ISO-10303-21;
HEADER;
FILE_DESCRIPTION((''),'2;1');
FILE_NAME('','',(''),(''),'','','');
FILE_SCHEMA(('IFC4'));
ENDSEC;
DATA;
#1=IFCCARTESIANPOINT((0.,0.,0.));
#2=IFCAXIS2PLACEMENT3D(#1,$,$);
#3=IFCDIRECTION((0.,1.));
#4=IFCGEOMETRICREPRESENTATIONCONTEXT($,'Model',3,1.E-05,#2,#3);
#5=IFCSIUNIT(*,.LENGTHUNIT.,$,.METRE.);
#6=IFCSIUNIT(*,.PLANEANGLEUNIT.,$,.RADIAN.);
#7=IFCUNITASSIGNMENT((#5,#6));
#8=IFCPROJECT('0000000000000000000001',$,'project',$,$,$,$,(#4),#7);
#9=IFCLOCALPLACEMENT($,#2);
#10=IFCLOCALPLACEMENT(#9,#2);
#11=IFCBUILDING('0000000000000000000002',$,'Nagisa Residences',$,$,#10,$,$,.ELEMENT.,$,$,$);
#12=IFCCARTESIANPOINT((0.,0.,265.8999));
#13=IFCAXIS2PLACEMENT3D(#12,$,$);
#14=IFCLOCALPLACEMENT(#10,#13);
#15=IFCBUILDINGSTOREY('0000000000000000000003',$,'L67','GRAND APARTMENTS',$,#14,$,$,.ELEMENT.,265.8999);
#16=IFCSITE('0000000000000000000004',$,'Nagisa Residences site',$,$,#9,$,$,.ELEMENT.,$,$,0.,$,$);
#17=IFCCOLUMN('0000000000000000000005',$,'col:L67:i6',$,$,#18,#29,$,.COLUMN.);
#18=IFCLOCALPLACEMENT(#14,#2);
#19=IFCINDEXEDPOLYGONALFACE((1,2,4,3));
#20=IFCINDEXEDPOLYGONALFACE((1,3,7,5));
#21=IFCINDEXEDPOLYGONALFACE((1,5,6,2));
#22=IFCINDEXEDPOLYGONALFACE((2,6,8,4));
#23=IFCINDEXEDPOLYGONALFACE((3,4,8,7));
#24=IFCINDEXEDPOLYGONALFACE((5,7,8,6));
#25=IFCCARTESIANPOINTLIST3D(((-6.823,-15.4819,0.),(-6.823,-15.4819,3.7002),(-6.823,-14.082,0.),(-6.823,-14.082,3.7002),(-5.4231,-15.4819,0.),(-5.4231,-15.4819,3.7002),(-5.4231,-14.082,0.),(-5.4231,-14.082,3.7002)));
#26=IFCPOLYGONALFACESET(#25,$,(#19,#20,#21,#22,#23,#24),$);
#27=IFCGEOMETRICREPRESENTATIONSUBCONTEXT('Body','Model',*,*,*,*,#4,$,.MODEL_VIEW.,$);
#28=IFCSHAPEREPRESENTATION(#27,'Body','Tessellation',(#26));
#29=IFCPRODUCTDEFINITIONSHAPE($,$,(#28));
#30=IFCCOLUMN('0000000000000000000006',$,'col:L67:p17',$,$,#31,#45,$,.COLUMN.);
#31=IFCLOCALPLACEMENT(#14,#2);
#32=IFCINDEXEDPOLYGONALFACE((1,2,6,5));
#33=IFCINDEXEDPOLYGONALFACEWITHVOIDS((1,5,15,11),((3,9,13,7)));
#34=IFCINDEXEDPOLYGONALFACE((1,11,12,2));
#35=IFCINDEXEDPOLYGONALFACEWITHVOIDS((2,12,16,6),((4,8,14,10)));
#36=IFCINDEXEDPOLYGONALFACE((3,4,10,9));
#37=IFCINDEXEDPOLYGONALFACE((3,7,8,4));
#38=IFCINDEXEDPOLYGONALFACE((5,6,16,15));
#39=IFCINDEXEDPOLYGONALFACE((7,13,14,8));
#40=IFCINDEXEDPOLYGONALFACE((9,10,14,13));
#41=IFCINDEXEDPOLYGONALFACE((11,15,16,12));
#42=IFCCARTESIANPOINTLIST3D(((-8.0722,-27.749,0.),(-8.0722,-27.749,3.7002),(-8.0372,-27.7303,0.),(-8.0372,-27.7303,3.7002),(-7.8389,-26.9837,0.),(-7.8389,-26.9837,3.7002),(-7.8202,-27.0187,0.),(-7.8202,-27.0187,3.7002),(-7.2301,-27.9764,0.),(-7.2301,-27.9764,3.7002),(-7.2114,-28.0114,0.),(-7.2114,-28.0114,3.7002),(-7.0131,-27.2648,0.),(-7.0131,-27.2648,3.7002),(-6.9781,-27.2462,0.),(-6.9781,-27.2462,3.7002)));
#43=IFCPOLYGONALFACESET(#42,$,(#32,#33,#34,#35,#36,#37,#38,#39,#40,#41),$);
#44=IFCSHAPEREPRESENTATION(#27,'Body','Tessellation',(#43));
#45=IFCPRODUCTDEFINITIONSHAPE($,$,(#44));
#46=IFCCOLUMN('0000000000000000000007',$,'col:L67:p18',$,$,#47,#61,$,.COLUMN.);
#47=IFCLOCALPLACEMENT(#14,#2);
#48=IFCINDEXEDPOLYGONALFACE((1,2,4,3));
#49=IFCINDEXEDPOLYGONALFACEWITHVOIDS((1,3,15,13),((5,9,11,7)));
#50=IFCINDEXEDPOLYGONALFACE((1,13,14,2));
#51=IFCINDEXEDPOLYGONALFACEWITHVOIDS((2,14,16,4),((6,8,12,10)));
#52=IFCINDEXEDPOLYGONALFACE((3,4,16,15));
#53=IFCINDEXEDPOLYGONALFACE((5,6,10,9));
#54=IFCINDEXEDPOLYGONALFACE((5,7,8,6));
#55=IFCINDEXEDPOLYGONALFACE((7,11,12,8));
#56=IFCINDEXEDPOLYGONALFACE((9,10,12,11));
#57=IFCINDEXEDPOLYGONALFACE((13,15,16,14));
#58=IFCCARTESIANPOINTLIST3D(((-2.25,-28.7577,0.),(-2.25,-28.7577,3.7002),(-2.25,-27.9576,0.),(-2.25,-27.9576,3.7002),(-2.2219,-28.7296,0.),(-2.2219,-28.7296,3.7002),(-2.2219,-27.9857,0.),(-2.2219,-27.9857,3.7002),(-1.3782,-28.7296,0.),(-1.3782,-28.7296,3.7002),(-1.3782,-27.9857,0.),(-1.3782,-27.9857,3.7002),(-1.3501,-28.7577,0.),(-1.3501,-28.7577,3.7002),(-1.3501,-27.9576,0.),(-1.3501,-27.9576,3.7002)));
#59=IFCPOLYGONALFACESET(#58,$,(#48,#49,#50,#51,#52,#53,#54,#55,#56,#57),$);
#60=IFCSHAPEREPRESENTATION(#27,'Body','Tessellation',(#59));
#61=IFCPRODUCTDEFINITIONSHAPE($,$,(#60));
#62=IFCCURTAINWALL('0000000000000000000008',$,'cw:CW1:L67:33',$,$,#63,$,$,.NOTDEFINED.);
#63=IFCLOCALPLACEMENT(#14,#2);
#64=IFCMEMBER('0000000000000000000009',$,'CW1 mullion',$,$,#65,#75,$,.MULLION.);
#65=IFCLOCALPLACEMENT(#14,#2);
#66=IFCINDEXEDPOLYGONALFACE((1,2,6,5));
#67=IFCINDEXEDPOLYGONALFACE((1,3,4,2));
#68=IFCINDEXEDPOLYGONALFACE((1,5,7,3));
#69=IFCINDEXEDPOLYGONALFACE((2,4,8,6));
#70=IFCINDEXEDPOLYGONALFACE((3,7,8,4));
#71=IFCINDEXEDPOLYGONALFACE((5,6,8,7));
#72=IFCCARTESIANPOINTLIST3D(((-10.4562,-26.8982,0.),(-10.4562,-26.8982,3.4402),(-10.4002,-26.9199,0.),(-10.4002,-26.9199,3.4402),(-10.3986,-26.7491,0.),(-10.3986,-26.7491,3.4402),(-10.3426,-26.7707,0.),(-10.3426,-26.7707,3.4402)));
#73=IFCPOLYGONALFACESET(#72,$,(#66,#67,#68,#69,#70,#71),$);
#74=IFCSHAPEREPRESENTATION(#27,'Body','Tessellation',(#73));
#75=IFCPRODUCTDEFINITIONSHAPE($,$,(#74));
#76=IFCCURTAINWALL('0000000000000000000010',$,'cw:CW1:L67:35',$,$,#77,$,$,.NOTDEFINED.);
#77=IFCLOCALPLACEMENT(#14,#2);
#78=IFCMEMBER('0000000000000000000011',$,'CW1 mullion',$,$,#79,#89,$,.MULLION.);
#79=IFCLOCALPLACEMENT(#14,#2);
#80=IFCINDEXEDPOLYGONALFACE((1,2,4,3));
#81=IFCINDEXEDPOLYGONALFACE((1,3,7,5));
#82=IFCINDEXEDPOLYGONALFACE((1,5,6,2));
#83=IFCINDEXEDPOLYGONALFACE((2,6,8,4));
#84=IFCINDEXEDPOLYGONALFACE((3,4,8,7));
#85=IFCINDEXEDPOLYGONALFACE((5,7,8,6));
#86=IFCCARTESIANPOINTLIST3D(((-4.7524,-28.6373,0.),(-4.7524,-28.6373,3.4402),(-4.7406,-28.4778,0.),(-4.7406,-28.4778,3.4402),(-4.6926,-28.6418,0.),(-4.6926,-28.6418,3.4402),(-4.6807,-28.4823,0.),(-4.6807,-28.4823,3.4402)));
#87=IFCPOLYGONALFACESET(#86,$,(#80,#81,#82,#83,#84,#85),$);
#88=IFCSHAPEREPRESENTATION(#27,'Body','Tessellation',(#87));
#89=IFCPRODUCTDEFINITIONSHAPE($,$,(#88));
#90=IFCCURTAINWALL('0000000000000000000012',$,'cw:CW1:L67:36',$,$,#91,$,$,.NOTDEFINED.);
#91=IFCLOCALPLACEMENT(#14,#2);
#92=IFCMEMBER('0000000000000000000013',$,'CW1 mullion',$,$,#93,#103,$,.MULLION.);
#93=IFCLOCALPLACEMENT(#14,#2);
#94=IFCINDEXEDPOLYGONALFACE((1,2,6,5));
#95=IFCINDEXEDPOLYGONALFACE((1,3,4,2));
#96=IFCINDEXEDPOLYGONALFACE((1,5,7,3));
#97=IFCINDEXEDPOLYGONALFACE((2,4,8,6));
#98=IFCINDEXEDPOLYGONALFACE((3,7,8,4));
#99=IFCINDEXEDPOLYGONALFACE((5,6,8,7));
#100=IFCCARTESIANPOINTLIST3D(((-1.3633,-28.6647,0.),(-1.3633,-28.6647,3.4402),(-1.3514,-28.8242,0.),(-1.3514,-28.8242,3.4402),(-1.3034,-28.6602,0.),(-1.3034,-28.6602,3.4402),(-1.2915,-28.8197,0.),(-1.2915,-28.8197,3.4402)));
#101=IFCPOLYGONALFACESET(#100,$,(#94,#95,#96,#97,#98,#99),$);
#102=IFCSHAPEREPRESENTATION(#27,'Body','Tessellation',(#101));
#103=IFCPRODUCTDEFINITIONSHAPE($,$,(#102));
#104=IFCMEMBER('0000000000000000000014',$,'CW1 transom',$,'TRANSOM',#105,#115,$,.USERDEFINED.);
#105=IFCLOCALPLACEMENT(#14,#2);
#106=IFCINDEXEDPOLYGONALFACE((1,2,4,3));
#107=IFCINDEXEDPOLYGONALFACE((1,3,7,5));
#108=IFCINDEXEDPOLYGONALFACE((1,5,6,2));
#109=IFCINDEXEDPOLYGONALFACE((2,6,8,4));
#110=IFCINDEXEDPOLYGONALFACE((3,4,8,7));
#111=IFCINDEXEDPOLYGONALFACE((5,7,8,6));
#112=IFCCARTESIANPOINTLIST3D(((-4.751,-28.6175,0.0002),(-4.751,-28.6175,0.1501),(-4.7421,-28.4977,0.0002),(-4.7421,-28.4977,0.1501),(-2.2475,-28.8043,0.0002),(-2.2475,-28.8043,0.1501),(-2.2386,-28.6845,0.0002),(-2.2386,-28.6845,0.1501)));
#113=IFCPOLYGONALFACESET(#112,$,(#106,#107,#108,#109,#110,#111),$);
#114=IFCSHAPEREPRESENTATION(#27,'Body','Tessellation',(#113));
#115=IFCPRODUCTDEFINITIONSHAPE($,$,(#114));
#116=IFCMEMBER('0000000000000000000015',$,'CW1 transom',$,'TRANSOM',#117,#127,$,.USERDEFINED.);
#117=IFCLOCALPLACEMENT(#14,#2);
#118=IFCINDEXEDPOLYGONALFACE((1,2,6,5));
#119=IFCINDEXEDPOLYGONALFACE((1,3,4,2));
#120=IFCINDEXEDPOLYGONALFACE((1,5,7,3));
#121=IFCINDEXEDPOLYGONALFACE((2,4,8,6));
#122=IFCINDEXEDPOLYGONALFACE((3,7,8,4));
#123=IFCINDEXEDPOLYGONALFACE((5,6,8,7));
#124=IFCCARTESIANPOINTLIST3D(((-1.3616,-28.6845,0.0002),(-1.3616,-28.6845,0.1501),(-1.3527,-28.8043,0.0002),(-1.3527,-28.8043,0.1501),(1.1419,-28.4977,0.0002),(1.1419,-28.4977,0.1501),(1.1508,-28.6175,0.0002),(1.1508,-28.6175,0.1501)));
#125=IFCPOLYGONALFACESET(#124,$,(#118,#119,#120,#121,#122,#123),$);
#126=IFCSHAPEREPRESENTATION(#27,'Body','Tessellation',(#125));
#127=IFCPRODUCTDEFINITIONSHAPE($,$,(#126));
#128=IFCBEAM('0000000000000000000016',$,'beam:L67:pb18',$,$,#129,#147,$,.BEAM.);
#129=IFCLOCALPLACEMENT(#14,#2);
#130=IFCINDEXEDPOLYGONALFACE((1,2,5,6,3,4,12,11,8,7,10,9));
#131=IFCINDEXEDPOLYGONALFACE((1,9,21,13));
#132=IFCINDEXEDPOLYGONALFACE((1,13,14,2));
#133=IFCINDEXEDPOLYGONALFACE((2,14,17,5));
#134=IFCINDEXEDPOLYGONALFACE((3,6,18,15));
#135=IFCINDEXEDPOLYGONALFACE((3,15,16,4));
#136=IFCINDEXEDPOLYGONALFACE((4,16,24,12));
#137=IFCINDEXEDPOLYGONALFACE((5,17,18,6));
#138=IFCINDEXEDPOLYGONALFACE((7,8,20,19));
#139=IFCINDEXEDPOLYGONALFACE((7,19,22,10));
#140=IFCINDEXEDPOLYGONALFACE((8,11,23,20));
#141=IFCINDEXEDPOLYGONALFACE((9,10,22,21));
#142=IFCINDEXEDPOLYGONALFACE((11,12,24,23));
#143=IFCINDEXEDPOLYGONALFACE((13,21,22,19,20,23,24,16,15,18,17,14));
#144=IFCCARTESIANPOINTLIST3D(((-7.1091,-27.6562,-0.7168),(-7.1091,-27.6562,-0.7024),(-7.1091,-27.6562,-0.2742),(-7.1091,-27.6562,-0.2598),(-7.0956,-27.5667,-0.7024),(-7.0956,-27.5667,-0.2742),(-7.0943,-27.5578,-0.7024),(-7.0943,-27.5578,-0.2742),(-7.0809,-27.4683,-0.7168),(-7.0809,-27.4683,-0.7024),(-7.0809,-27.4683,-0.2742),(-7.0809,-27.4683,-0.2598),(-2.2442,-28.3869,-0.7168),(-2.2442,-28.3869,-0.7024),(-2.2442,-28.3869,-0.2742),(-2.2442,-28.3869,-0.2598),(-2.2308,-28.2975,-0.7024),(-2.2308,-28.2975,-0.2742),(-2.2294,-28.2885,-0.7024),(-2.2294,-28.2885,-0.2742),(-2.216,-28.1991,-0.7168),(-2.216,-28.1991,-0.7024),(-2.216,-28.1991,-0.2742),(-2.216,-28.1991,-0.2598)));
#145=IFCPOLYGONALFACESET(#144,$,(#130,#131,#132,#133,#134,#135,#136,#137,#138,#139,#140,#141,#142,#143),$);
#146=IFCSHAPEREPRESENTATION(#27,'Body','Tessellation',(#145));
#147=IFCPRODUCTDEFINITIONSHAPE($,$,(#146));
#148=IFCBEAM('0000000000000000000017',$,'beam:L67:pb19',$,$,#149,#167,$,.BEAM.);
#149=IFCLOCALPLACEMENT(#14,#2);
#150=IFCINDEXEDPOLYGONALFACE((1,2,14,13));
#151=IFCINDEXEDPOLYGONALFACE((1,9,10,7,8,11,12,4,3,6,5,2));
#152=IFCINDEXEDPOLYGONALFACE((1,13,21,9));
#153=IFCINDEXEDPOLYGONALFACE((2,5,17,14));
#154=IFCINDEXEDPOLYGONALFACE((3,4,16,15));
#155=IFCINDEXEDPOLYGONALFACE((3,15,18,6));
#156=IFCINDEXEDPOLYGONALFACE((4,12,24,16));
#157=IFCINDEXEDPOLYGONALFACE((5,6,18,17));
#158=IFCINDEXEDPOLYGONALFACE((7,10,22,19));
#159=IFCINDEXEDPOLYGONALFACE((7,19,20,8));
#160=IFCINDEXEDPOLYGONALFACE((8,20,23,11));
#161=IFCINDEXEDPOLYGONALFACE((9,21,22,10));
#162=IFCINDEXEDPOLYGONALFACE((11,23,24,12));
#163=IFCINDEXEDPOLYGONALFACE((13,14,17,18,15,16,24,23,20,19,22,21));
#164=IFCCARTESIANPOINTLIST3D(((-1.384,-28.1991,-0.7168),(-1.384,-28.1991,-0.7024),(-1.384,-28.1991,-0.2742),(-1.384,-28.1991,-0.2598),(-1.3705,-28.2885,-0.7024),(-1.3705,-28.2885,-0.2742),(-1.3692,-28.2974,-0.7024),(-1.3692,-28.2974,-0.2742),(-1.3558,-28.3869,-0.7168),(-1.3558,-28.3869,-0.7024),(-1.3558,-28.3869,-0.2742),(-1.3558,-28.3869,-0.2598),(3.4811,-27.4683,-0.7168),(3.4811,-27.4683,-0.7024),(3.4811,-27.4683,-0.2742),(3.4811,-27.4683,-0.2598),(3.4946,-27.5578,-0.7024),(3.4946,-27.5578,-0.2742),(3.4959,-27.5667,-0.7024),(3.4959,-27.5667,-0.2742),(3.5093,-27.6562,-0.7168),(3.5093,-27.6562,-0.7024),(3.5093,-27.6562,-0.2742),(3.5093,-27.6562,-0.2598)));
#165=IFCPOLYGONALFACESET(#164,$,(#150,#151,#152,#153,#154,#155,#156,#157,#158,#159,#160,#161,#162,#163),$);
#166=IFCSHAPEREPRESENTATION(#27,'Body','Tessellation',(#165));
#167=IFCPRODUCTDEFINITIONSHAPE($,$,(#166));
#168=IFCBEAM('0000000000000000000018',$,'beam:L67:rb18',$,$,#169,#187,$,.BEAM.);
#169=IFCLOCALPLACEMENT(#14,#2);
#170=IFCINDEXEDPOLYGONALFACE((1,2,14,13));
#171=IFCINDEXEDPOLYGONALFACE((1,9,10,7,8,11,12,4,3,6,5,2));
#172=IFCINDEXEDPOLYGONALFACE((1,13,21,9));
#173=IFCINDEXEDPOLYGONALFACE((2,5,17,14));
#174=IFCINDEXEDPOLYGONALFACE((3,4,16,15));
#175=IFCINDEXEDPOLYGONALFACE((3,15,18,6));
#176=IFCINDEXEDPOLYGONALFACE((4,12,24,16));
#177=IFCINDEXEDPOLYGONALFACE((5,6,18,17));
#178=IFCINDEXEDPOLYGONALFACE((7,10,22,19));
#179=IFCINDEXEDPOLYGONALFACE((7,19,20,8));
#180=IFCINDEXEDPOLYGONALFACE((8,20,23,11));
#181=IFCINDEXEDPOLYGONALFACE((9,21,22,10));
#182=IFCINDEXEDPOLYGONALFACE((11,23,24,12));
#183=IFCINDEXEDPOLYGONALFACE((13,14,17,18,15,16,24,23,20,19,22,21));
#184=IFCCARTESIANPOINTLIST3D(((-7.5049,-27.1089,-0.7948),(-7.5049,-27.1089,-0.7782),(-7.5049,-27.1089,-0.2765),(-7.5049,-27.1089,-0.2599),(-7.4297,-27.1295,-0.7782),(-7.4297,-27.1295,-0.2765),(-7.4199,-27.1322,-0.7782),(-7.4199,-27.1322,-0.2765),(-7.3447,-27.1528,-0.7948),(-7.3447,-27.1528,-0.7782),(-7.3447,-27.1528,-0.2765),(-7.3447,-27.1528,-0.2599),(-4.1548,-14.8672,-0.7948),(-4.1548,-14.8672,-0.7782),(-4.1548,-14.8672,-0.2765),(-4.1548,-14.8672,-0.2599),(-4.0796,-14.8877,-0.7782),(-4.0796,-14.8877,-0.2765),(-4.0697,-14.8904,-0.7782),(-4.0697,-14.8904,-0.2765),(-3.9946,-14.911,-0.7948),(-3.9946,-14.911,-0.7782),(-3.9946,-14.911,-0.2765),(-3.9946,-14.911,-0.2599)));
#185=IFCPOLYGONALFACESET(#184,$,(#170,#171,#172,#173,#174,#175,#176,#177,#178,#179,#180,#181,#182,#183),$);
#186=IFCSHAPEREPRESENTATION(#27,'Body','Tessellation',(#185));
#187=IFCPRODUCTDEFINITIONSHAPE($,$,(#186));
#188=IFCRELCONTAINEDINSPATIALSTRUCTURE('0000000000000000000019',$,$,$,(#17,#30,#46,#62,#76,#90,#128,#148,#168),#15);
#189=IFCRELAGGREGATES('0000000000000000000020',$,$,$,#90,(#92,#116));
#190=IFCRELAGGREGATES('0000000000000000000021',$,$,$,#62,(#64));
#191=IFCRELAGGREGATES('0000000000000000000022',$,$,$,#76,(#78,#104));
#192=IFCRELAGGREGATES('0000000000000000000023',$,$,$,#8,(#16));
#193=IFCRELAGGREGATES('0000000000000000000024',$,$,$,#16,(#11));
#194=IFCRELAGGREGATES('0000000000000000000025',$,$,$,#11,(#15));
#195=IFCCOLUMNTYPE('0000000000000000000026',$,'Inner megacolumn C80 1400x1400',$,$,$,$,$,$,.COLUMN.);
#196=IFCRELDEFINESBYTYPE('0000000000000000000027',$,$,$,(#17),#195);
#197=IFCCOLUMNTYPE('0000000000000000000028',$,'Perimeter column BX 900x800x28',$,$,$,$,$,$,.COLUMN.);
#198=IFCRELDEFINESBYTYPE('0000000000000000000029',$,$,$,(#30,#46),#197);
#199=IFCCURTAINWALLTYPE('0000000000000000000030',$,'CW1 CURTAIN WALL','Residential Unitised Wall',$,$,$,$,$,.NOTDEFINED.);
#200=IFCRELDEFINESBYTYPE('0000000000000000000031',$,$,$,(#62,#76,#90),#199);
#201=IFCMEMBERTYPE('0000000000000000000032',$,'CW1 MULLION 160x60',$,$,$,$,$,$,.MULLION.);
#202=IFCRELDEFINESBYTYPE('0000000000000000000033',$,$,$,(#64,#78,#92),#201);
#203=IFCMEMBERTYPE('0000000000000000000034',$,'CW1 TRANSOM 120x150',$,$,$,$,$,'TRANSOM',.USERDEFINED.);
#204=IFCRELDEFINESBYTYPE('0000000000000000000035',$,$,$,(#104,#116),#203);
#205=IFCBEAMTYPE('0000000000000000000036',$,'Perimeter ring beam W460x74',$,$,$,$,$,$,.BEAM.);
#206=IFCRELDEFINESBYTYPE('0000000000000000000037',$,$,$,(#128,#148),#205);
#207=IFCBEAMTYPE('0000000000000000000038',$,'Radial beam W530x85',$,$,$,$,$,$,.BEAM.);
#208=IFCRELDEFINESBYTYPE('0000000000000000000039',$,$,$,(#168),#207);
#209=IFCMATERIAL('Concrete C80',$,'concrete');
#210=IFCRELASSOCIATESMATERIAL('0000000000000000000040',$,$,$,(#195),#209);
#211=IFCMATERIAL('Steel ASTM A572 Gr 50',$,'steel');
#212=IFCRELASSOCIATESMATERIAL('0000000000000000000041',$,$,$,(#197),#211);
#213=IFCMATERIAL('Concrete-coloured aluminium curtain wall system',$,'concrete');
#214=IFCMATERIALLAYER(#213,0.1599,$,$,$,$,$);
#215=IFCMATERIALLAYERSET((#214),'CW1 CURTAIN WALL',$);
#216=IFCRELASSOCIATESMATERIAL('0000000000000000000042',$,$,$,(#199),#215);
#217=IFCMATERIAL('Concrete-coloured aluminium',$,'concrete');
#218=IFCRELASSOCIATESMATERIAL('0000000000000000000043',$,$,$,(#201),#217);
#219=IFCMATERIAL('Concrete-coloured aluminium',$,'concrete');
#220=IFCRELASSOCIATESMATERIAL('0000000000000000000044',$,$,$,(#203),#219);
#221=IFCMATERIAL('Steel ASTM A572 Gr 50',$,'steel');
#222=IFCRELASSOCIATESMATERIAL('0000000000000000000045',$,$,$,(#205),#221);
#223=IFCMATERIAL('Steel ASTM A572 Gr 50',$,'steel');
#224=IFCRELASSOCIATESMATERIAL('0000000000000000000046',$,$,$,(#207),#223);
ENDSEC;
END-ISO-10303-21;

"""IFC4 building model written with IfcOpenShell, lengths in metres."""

from ifc_helpers import new_model, si_unit, direction, frame, origin, origin_2d, place, context, subcontext, project, spatial, rectangle, hollow_rectangle, i_section, extrude, material, layer, layer_set, material_profile, profile_set, type_object, element, aggregate, save


model = new_model("IFC4")

# Units and contexts
model_context = context("Model", 3, precision=1e-05, world=origin(), true_north=direction((0.0, 1.0)))
body_context = subcontext(model_context, "Body", "Model", "MODEL_VIEW")
ifc_project = project(units=[si_unit("LENGTHUNIT", "METRE"), si_unit("PLANEANGLEUNIT", "RADIAN")], contexts=[model_context])

# Site, building, storey
site_placement = place(None, origin())
site = spatial("IfcSite", under=ifc_project, at=site_placement, Name="Nagisa Residences site", CompositionType="ELEMENT", RefElevation=0.0)
building_placement = place(site_placement, origin())
building = spatial("IfcBuilding", under=site, at=building_placement, Name="Nagisa Residences", CompositionType="ELEMENT")
storey_placement = place(building_placement, frame((0.0, 0.0, 265.8999)))
storey = spatial("IfcBuildingStorey", under=building, at=storey_placement, Name="L67", Description="GRAND APARTMENTS", CompositionType="ELEMENT", Elevation=265.8999)

# Columns
ifc_material_1 = material(Name="Concrete C80", Category="concrete")
ifc_material_profile_1 = material_profile(ifc_material_1, rectangle(XDim=1.3999, YDim=1.3999, at=origin_2d()), Name="C80 1400x1400")
ifc_profile_set_1 = profile_set([ifc_material_profile_1], Name="Concrete C80")
column_type_1 = type_object("IfcColumnType", Name="Inner megacolumn C80 1400x1400", PredefinedType="COLUMN", material=ifc_profile_set_1)
column_placement = place(storey_placement, frame((-6.123, -14.782, 0.0), z_axis=(0.0, 0.0, 1.0), x_axis=(1.0, 0.0, 0.0)))
element("IfcColumn", 1, at=column_placement, inside=storey, type_object=column_type_1, Name="col:L67:i6", PredefinedType="COLUMN", context=body_context, shape_type="SweptSolid", body=[
    extrude(rectangle(XDim=1.3999, YDim=1.3999, at=origin_2d()), origin(), (0.0, 0.0, 1.0), 3.7002),
])
ifc_material_2 = material(Name="Steel ASTM A572 Gr 50", Category="steel")
ifc_material_profile_2 = material_profile(ifc_material_2, hollow_rectangle(XDim=0.8999, YDim=0.8, WallThickness=0.0281, at=origin_2d()), Name="BX 900x800x28")
ifc_profile_set_2 = profile_set([ifc_material_profile_2], Name="Steel ASTM A572 Gr 50")
column_type_2 = type_object("IfcColumnType", Name="Perimeter column BX 900x800x28", PredefinedType="COLUMN", material=ifc_profile_set_2)
for number, where, z_axis, x_axis, name in (
    (2, (-7.5251, -27.4976, 0.0), (0.0, 0.0, 1.0), (0.956525, -0.291652, 0.0), "col:L67:p17"),
    (3, (-1.8, -28.3577, 0.0), (0.0, 0.0, 1.0), (1.0, 0.0, 0.0), "col:L67:p18"),
):
    element("IfcColumn", number, at=place(storey_placement, frame(where, z_axis=z_axis, x_axis=x_axis)), inside=storey, type_object=column_type_2, Name=name, PredefinedType="COLUMN", context=body_context, shape_type="SweptSolid", body=[
        extrude(hollow_rectangle(XDim=0.8999, YDim=0.8, WallThickness=0.0281, at=origin_2d()), origin(), (0.0, 0.0, 1.0), 3.7002),
    ])

# Curtain walls, members
ifc_material_3 = material(Name="Concrete-coloured aluminium curtain wall system", Category="concrete")
ifc_layer_1 = layer(ifc_material_3, 0.1599)
ifc_layer_set_1 = layer_set([ifc_layer_1], Name="CW1 CURTAIN WALL")
curtain_wall_type = type_object("IfcCurtainWallType", Name="CW1 CURTAIN WALL", Description="Residential Unitised Wall", PredefinedType="NOTDEFINED", material=ifc_layer_set_1)
curtain_wall_1_placement = place(storey_placement, origin())
curtain_wall_1 = element("IfcCurtainWall", 4, at=curtain_wall_1_placement, inside=storey, type_object=curtain_wall_type, Name="cw:CW1:L67:33", PredefinedType="NOTDEFINED")
ifc_material_4 = material(Name="Concrete-coloured aluminium", Category="concrete")
ifc_material_profile_3 = material_profile(ifc_material_4, rectangle(XDim=0.1599, YDim=0.0601, at=origin_2d()), Name="CW1 MULLION 160x60")
ifc_profile_set_3 = profile_set([ifc_material_profile_3], Name="Concrete-coloured aluminium")
member_type_1 = type_object("IfcMemberType", Name="CW1 MULLION 160x60", PredefinedType="MULLION", material=ifc_profile_set_3)
member_1_placement = place(storey_placement, frame((-10.3994, -26.8345, 0.0), z_axis=(0.0, 0.0, 1.0), x_axis=(0.360328, 0.932826, 0.0)))
member_1 = element("IfcMember", 5, at=member_1_placement, type_object=member_type_1, Name="CW1 mullion", PredefinedType="MULLION", context=body_context, shape_type="SweptSolid", body=[
    extrude(rectangle(XDim=0.1599, YDim=0.0601, at=origin_2d()), origin(), (0.0, 0.0, 1.0), 3.4402),
])
curtain_wall_2_placement = place(storey_placement, origin())
curtain_wall_2 = element("IfcCurtainWall", 6, at=curtain_wall_2_placement, inside=storey, type_object=curtain_wall_type, Name="cw:CW1:L67:35", PredefinedType="NOTDEFINED")
member_2_placement = place(storey_placement, frame((-4.7166, -28.5598, 0.0), z_axis=(0.0, 0.0, 1.0), x_axis=(0.074377, 0.99723, 0.0)))
member_2 = element("IfcMember", 7, at=member_2_placement, type_object=member_type_1, Name="CW1 mullion", PredefinedType="MULLION", context=body_context, shape_type="SweptSolid", body=[
    extrude(rectangle(XDim=0.1599, YDim=0.0601, at=origin_2d()), origin(), (0.0, 0.0, 1.0), 3.4402),
])
curtain_wall_3_placement = place(storey_placement, origin())
curtain_wall_3 = element("IfcCurtainWall", 8, at=curtain_wall_3_placement, inside=storey, type_object=curtain_wall_type, Name="cw:CW1:L67:36", PredefinedType="NOTDEFINED")
member_3_placement = place(storey_placement, frame((-1.3274, -28.7422, 0.0), z_axis=(0.0, 0.0, 1.0), x_axis=(-0.074377, 0.99723, 0.0)))
member_3 = element("IfcMember", 9, at=member_3_placement, type_object=member_type_1, Name="CW1 mullion", PredefinedType="MULLION", context=body_context, shape_type="SweptSolid", body=[
    extrude(rectangle(XDim=0.1599, YDim=0.0601, at=origin_2d()), origin(), (0.0, 0.0, 1.0), 3.4402),
])

# Members
ifc_material_5 = material(Name="Concrete-coloured aluminium", Category="concrete")
ifc_material_profile_4 = material_profile(ifc_material_5, rectangle(XDim=0.1201, YDim=0.1499, at=origin_2d()), Name="CW1 TRANSOM 120x150")
ifc_profile_set_4 = profile_set([ifc_material_profile_4], Name="Concrete-coloured aluminium")
member_type_2 = type_object("IfcMemberType", Name="CW1 TRANSOM 120x150", ElementType="TRANSOM", PredefinedType="USERDEFINED", material=ifc_profile_set_4)
member_4_placement = place(storey_placement, frame((-4.7466, -28.5576, 0.0752), z_axis=(0.997229, -0.074391, 0.0), x_axis=(0.074391, 0.997229, 0.0)))
member_4 = element("IfcMember", 10, at=member_4_placement, type_object=member_type_2, Name="CW1 transom", ObjectType="TRANSOM", PredefinedType="USERDEFINED", context=body_context, shape_type="SweptSolid", body=[
    extrude(rectangle(XDim=0.1201, YDim=0.1499, at=origin_2d()), origin(), (0.0, 0.0, 1.0), 2.5105),
])
member_5_placement = place(storey_placement, frame((-1.3572, -28.7444, 0.0752), z_axis=(0.997229, 0.074391, 0.0), x_axis=(-0.074391, 0.997229, 0.0)))
member_5 = element("IfcMember", 11, at=member_5_placement, type_object=member_type_2, Name="CW1 transom", ObjectType="TRANSOM", PredefinedType="USERDEFINED", context=body_context, shape_type="SweptSolid", body=[
    extrude(rectangle(XDim=0.1201, YDim=0.1499, at=origin_2d()), origin(), (0.0, 0.0, 1.0), 2.5105),
])
aggregate(curtain_wall_3, [member_3, member_5])

# Beams
ifc_material_6 = material(Name="Steel ASTM A572 Gr 50", Category="steel")
ifc_material_profile_5 = material_profile(ifc_material_6, i_section(OverallWidth=0.1899, OverallDepth=0.457, WebThickness=0.009, FlangeThickness=0.0144, at=origin_2d()), Name="W460x74")
ifc_profile_set_5 = profile_set([ifc_material_profile_5], Name="Steel ASTM A572 Gr 50")
beam_type_1 = type_object("IfcBeamType", Name="Perimeter ring beam W460x74", PredefinedType="BEAM", material=ifc_profile_set_5)
beam_1_placement = place(storey_placement, frame((-7.095, -27.5623, -0.4883), z_axis=(0.988906, -0.148539, 0.0), x_axis=(0.148539, 0.988906, 0.0)))
element("IfcBeam", 12, at=beam_1_placement, inside=storey, type_object=beam_type_1, Name="beam:L67:pb18", PredefinedType="BEAM", context=body_context, shape_type="SweptSolid", body=[
    extrude(i_section(OverallWidth=0.1899, OverallDepth=0.457, WebThickness=0.009, FlangeThickness=0.0144, at=origin_2d()), origin(), (0.0, 0.0, 1.0), 4.9194),
])
beam_2_placement = place(storey_placement, frame((-1.3699, -28.293, -0.4883), z_axis=(0.988908, 0.148532, 0.0), x_axis=(-0.148532, 0.988908, 0.0)))
element("IfcBeam", 13, at=beam_2_placement, inside=storey, type_object=beam_type_1, Name="beam:L67:pb19", PredefinedType="BEAM", context=body_context, shape_type="SweptSolid", body=[
    extrude(i_section(OverallWidth=0.1899, OverallDepth=0.457, WebThickness=0.009, FlangeThickness=0.0144, at=origin_2d()), origin(), (0.0, 0.0, 1.0), 4.9197),
])
ifc_material_7 = material(Name="Steel ASTM A572 Gr 50", Category="steel")
ifc_material_profile_6 = material_profile(ifc_material_7, i_section(OverallWidth=0.166, OverallDepth=0.5349, WebThickness=0.0103, FlangeThickness=0.0166, at=origin_2d()), Name="W530x85")
ifc_profile_set_6 = profile_set([ifc_material_profile_6], Name="Steel ASTM A572 Gr 50")
beam_type_2 = type_object("IfcBeamType", Name="Radial beam W530x85", PredefinedType="BEAM", material=ifc_profile_set_6)
beam_3_placement = place(storey_placement, frame((-7.4248, -27.1309, -0.5273), z_axis=(0.263957, 0.964534, 0.0), x_axis=(-0.964534, 0.263957, 0.0)))
element("IfcBeam", 14, at=beam_3_placement, inside=storey, type_object=beam_type_2, Name="beam:L67:rb18", PredefinedType="BEAM", context=body_context, shape_type="SweptSolid", body=[
    extrude(i_section(OverallWidth=0.166, OverallDepth=0.5349, WebThickness=0.0103, FlangeThickness=0.0166, at=origin_2d()), origin(), (0.0, 0.0, 1.0), 12.6919),
])

aggregate(curtain_wall_1, [member_1])
aggregate(curtain_wall_2, [member_2, member_4])

save(model, "model.ifc")
